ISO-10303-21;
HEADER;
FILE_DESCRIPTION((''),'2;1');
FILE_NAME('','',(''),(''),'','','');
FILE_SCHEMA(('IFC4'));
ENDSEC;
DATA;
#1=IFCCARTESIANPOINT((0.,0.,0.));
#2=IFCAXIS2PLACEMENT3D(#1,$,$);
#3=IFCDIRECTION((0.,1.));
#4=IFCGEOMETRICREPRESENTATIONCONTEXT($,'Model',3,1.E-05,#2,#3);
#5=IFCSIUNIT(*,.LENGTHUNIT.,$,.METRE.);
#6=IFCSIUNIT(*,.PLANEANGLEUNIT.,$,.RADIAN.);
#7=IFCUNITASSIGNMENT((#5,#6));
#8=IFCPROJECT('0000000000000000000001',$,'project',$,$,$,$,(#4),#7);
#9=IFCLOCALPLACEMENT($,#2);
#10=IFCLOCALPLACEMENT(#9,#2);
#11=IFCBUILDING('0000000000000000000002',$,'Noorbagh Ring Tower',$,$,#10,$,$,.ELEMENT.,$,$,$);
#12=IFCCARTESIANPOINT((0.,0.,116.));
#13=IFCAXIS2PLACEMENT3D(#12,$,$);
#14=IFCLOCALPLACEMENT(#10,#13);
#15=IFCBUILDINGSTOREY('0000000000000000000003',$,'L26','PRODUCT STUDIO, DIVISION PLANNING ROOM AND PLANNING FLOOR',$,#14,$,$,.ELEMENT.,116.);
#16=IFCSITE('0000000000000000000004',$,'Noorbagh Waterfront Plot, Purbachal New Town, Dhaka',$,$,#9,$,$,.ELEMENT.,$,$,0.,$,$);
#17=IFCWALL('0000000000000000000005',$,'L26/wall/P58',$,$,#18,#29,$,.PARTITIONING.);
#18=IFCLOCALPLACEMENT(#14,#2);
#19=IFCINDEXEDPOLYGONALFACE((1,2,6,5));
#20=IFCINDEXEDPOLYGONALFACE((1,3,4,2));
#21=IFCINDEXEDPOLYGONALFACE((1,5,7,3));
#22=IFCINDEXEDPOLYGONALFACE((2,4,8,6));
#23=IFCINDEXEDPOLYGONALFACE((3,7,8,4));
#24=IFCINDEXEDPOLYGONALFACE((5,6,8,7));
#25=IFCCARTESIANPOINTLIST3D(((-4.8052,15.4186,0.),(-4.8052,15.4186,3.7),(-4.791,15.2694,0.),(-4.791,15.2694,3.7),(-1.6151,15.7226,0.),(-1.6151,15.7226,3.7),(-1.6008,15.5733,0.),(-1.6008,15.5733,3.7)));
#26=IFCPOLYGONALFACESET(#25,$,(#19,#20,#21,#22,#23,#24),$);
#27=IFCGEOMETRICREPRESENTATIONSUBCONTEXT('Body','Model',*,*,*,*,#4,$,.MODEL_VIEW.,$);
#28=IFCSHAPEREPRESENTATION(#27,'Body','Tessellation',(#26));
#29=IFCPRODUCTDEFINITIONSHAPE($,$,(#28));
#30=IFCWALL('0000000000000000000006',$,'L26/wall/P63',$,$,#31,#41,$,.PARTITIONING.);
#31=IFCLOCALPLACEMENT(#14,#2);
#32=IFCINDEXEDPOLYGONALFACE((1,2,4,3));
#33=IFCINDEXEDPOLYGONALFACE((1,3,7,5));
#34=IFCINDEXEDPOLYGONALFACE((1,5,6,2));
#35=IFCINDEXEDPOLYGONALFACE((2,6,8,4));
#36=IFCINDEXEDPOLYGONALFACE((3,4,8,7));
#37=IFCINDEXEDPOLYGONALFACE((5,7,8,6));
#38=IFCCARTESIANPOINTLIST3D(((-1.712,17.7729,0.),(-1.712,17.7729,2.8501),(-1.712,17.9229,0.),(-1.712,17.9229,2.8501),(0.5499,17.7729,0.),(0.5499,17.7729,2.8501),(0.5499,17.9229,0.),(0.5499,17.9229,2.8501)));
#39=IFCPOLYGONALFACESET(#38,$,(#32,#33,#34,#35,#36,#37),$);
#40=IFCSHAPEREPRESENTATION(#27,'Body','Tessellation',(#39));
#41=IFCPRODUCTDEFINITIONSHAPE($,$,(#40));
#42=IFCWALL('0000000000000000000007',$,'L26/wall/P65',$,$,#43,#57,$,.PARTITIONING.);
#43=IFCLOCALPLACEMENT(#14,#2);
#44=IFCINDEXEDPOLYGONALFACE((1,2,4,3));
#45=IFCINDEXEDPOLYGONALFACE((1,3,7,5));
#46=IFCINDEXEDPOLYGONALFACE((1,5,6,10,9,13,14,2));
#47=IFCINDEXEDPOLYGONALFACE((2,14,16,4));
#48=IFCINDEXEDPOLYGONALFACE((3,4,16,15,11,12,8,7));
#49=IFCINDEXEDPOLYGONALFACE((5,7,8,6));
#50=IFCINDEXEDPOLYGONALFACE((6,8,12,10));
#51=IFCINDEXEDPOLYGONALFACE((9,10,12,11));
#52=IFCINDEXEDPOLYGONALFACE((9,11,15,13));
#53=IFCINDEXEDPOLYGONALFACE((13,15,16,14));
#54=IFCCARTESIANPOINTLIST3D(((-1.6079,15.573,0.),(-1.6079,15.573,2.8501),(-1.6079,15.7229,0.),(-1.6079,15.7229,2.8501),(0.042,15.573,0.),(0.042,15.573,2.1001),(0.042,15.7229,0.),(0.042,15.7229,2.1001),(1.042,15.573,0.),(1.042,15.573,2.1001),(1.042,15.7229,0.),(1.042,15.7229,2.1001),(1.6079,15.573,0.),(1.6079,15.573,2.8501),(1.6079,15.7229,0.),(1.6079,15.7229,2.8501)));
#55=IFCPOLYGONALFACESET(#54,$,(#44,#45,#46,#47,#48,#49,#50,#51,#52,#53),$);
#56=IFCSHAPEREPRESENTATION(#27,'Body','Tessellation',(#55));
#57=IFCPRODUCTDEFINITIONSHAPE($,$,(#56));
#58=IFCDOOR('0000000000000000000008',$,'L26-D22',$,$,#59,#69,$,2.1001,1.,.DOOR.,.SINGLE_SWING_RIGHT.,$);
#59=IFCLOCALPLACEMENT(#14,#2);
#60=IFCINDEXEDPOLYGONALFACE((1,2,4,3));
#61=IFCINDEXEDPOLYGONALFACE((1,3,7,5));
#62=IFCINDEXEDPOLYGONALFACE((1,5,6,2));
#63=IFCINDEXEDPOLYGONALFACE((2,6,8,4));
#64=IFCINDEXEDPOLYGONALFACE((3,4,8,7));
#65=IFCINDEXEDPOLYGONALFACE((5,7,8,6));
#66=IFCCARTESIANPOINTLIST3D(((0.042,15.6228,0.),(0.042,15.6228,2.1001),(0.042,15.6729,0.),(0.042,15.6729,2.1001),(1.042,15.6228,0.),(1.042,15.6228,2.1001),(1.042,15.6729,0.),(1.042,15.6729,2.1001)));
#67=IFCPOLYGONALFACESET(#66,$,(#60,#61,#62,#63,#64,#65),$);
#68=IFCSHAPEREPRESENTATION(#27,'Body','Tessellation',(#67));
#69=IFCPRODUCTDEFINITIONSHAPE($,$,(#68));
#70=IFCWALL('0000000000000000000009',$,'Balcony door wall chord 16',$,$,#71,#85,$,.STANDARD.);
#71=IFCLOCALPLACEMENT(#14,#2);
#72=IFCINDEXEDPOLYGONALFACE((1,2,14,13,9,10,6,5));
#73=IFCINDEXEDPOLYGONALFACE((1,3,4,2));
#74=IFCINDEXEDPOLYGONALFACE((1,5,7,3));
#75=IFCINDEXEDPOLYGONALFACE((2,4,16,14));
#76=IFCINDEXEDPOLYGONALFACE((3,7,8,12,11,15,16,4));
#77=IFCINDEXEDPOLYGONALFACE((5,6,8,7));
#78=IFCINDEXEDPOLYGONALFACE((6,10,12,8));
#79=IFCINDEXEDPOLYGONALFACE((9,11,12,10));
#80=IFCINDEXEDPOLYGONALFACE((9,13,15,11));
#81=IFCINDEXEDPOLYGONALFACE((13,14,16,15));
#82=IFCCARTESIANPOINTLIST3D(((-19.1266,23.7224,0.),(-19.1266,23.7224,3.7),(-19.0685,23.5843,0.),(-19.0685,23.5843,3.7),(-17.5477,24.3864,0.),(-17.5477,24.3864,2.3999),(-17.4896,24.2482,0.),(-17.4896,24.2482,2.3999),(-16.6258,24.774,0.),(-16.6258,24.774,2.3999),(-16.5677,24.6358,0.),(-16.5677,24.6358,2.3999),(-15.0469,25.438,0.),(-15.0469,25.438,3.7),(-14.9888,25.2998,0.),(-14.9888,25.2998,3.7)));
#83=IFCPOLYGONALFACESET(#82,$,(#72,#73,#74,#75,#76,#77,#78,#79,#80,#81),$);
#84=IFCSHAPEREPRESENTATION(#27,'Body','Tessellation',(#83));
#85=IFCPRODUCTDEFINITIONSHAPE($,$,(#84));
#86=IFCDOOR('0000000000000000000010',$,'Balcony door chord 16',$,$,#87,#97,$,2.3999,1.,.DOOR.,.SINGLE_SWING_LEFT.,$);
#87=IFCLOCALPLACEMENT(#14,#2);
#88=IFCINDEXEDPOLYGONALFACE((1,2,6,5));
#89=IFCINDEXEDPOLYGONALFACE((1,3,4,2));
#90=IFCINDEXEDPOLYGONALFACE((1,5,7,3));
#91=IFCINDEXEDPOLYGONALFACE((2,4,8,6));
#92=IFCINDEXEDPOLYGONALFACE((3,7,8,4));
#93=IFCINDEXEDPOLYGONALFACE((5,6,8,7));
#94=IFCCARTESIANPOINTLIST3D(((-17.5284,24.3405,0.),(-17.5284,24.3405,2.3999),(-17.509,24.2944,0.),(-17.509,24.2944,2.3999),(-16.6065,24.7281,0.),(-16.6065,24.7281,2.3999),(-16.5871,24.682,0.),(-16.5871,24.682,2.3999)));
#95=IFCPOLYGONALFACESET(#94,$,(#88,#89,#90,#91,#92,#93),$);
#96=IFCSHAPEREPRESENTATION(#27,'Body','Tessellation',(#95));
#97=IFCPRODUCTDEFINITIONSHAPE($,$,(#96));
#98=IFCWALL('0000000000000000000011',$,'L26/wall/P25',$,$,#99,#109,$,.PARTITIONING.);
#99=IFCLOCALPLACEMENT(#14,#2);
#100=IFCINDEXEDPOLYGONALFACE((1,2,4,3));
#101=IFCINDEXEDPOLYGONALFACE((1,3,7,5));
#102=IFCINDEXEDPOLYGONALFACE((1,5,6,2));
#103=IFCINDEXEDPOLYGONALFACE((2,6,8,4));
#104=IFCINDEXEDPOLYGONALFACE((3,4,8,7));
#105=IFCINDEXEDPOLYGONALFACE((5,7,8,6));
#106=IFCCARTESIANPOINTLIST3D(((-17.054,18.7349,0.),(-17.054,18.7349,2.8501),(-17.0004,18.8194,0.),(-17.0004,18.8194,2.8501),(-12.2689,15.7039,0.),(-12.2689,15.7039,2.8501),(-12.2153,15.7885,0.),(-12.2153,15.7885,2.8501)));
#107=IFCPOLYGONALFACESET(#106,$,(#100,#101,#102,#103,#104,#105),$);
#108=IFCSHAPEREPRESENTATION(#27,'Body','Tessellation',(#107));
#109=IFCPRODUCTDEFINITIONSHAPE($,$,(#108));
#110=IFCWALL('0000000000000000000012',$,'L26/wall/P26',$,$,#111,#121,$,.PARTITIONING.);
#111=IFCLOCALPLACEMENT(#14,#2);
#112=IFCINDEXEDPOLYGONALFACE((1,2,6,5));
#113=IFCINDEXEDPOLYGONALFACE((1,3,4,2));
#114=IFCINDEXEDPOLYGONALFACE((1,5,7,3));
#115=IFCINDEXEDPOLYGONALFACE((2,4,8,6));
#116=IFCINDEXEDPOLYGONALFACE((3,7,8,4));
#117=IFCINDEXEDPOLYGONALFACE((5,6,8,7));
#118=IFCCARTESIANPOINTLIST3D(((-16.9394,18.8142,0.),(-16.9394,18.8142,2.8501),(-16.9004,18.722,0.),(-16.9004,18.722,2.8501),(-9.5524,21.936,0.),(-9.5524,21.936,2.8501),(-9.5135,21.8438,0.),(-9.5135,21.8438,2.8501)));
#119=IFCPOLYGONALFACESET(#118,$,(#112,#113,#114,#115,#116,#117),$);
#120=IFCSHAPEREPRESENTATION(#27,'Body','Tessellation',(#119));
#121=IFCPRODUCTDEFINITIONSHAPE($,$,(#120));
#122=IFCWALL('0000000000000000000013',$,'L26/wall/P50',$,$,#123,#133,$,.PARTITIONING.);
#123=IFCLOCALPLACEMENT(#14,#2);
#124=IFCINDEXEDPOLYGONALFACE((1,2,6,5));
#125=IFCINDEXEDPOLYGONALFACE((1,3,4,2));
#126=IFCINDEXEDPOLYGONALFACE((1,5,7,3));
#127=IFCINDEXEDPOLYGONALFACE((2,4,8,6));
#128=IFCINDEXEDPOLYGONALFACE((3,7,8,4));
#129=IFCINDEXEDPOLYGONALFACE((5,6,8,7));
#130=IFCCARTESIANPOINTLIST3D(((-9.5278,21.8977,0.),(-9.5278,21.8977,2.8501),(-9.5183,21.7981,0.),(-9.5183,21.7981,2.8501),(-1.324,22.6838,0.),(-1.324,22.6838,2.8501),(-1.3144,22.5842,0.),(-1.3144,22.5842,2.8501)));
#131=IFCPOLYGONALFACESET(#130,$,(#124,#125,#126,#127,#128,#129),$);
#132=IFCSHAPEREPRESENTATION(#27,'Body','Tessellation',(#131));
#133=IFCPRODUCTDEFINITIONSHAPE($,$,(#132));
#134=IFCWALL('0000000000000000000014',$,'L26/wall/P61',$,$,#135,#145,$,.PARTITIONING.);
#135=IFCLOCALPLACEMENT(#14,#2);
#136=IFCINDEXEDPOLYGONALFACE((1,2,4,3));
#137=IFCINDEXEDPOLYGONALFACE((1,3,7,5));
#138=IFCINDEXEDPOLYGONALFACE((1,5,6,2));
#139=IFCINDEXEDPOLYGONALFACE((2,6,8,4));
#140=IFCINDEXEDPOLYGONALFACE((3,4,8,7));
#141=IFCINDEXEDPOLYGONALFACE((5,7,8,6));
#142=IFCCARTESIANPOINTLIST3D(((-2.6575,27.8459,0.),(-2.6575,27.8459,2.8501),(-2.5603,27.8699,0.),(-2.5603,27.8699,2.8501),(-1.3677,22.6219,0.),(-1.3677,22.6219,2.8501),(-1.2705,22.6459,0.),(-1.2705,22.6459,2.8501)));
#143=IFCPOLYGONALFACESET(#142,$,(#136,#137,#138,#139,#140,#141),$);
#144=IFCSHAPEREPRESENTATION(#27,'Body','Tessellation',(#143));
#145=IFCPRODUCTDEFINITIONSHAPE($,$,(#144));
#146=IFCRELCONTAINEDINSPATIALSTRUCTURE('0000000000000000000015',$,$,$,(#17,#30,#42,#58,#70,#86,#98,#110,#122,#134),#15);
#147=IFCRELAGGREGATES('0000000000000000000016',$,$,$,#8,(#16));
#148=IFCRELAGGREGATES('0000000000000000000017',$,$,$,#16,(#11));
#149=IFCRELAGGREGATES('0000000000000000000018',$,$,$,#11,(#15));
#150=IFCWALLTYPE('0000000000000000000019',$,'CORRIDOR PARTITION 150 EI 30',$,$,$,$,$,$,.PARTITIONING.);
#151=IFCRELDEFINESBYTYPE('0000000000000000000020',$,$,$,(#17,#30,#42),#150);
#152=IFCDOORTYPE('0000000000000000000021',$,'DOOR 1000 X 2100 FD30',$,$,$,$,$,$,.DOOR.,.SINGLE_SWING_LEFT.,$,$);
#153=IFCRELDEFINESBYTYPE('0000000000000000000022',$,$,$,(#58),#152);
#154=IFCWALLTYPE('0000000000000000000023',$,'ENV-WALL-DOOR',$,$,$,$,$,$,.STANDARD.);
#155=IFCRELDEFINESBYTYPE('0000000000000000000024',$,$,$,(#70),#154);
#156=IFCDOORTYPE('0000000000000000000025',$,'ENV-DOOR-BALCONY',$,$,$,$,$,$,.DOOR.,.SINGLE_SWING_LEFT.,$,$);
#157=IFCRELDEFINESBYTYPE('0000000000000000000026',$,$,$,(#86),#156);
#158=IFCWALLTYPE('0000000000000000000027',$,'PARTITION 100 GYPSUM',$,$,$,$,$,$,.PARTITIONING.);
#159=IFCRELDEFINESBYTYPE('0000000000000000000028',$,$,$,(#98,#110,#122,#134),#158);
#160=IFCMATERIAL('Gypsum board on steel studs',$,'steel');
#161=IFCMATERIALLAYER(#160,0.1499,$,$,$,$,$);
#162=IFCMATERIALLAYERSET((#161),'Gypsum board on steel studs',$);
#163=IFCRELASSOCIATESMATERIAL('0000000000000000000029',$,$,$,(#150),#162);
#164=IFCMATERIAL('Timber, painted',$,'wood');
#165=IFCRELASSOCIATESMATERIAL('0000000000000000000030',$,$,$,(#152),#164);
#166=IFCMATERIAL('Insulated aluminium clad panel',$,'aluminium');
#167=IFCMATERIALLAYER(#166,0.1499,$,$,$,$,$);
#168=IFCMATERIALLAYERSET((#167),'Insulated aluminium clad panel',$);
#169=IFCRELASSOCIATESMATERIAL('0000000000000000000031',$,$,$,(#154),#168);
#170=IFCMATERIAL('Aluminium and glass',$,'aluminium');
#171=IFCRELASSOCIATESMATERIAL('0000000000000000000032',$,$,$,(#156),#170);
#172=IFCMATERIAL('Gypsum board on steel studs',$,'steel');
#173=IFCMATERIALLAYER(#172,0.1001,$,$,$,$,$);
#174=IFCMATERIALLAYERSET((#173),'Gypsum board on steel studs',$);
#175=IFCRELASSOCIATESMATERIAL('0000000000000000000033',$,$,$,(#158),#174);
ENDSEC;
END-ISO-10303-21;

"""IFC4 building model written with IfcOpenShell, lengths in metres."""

from ifc_helpers import new_model, si_unit, direction, frame, frame_2d, origin, place, context, subcontext, project, spatial, rectangle, extrude, material, layer, layer_set, type_object, element, fill, save


model = new_model("IFC4")

# Units and contexts
model_context = context("Model", 3, precision=1e-05, world=origin(), true_north=direction((0.0, 1.0)))
body_context = subcontext(model_context, "Body", "Model", "MODEL_VIEW")
ifc_project = project(units=[si_unit("LENGTHUNIT", "METRE"), si_unit("PLANEANGLEUNIT", "RADIAN")], contexts=[model_context])

# Site, building, storey
site_placement = place(None, origin())
site = spatial("IfcSite", under=ifc_project, at=site_placement, Name="Noorbagh Waterfront Plot, Purbachal New Town, Dhaka", CompositionType="ELEMENT", RefElevation=0.0)
building_placement = place(site_placement, origin())
building = spatial("IfcBuilding", under=site, at=building_placement, Name="Noorbagh Ring Tower", CompositionType="ELEMENT")
storey_placement = place(building_placement, frame((0.0, 0.0, 116.0)))
storey = spatial("IfcBuildingStorey", under=building, at=storey_placement, Name="L26", Description="PRODUCT STUDIO, DIVISION PLANNING ROOM AND PLANNING FLOOR", CompositionType="ELEMENT", Elevation=116.0)

# Shared definitions
ifc_material_1 = material(Name="Gypsum board on steel studs", Category="steel")
ifc_layer_1 = layer(ifc_material_1, 0.1499)
ifc_layer_set_1 = layer_set([ifc_layer_1], Name="Gypsum board on steel studs")
wall_type_1 = type_object("IfcWallType", Name="CORRIDOR PARTITION 150 EI 30", PredefinedType="PARTITIONING", material=ifc_layer_set_1)

# Shared definitions
ifc_material_2 = material(Name="Timber, painted", Category="wood")
door_type_1 = type_object("IfcDoorType", Name="DOOR 1000 X 2100 FD30", OperationType="SINGLE_SWING_LEFT", PredefinedType="DOOR", material=ifc_material_2)

# Walls
wall_1_placement = place(storey_placement, frame((-4.7981, 15.344, 0.0), z_axis=(0.0, 0.0, 1.0), x_axis=(0.995492, 0.094849, 0.0)))
element("IfcWall", 1, at=wall_1_placement, inside=storey, type_object=wall_type_1, Name="L26/wall/P58", PredefinedType="PARTITIONING", context=body_context, shape_type="SweptSolid", body=[
    extrude(rectangle(XDim=3.2046, YDim=0.1499, at=frame_2d((1.6023, 0.0))), origin(), (0.0, 0.0, 1.0), 3.7),
])
wall_2_placement = place(storey_placement, frame((-1.7119, 17.8479, 0.0), z_axis=(0.0, 0.0, 1.0), x_axis=(1.0, 0.0, 0.0)))
element("IfcWall", 2, at=wall_2_placement, inside=storey, type_object=wall_type_1, Name="L26/wall/P63", PredefinedType="PARTITIONING", context=body_context, shape_type="SweptSolid", body=[
    extrude(rectangle(XDim=2.262, YDim=0.1499, at=frame_2d((1.1309, 0.0))), origin(), (0.0, 0.0, 1.0), 2.8501),
])

# Walls, openings, doors
wall_3_placement = place(storey_placement, frame((-1.6079, 15.6479, 0.0), z_axis=(0.0, 0.0, 1.0), x_axis=(1.0, 0.0, 0.0)))
wall_3 = element("IfcWall", 3, at=wall_3_placement, inside=storey, type_object=wall_type_1, Name="L26/wall/P65", PredefinedType="PARTITIONING", context=body_context, shape_type="SweptSolid", body=[
    extrude(rectangle(XDim=3.2158, YDim=0.1499, at=frame_2d((1.6079, 0.0))), origin(), (0.0, 0.0, 1.0), 2.8501),
])
opening_1_placement = place(wall_3_placement, frame((1.6499, 0.0, 0.0)))
opening_1 = element("IfcOpeningElement", 4, at=opening_1_placement, cuts=wall_3, PredefinedType="OPENING", context=body_context, shape_type="SweptSolid", body=[
    extrude(rectangle(XDim=1.0, YDim=2.1001, at=frame_2d((0.5, 1.05))), frame((0.0, 0.085, 0.0), z_axis=(0.0, -1.0, 0.0), x_axis=(1.0, 0.0, 0.0)), (0.0, 0.0, 1.0), 0.1699),
])
door_1_placement = place(opening_1_placement, origin())
door_1 = element("IfcDoor", 5, at=door_1_placement, inside=storey, type_object=door_type_1, Name="L26-D22", OperationType="SINGLE_SWING_RIGHT", OverallHeight=2.1001, OverallWidth=1.0, PredefinedType="DOOR", context=body_context, shape_type="SweptSolid", body=[
    extrude(rectangle(XDim=1.0, YDim=2.1001, at=frame_2d((0.5, 1.05))), frame((0.0, 0.0249, 0.0), z_axis=(0.0, -1.0, 0.0), x_axis=(1.0, 0.0, 0.0)), (0.0, 0.0, 1.0), 0.05),
])
fill(opening_1, door_1)
ifc_material_3 = material(Name="Insulated aluminium clad panel", Category="aluminium")
ifc_layer_2 = layer(ifc_material_3, 0.1499)
ifc_layer_set_2 = layer_set([ifc_layer_2], Name="Insulated aluminium clad panel")
wall_type_2 = type_object("IfcWallType", Name="ENV-WALL-DOOR", PredefinedType="STANDARD", material=ifc_layer_set_2)
wall_4_placement = place(storey_placement, frame((-15.0178, 25.3689, 0.0), z_axis=(0.0, 0.0, 1.0), x_axis=(-0.921817, -0.387625, 0.0)))
wall_4 = element("IfcWall", 6, at=wall_4_placement, inside=storey, type_object=wall_type_2, Name="Balcony door wall chord 16", PredefinedType="STANDARD", context=body_context, shape_type="SweptSolid", body=[
    extrude(rectangle(XDim=4.4258, YDim=0.1499, at=frame_2d((2.2129, 0.0))), origin(), (0.0, 0.0, 1.0), 3.7),
])
opening_2_placement = place(wall_4_placement, frame((1.7129, 0.0, 0.0)))
opening_2 = element("IfcOpeningElement", 7, at=opening_2_placement, cuts=wall_4, PredefinedType="OPENING", context=body_context, shape_type="SweptSolid", body=[
    extrude(rectangle(XDim=1.0, YDim=2.3999, at=frame_2d((0.5, 1.2))), frame((0.0, 0.085, 0.0), z_axis=(0.0, -1.0, 0.0), x_axis=(1.0, 0.0, 0.0)), (0.0, 0.0, 1.0), 0.1699),
])
ifc_material_4 = material(Name="Aluminium and glass", Category="aluminium")
door_type_2 = type_object("IfcDoorType", Name="ENV-DOOR-BALCONY", OperationType="SINGLE_SWING_LEFT", PredefinedType="DOOR", material=ifc_material_4)
door_2_placement = place(opening_2_placement, origin())
door_2 = element("IfcDoor", 8, at=door_2_placement, inside=storey, type_object=door_type_2, Name="Balcony door chord 16", OperationType="SINGLE_SWING_LEFT", OverallHeight=2.3999, OverallWidth=1.0, PredefinedType="DOOR", context=body_context, shape_type="SweptSolid", body=[
    extrude(rectangle(XDim=1.0, YDim=2.3999, at=frame_2d((0.5, 1.2))), frame((0.0, 0.0249, 0.0), z_axis=(0.0, -1.0, 0.0), x_axis=(1.0, 0.0, 0.0)), (0.0, 0.0, 1.0), 0.05),
])
fill(opening_2, door_2)

# Walls
ifc_material_5 = material(Name="Gypsum board on steel studs", Category="steel")
ifc_layer_3 = layer(ifc_material_5, 0.1001)
ifc_layer_set_3 = layer_set([ifc_layer_3], Name="Gypsum board on steel studs")
wall_type_3 = type_object("IfcWallType", Name="PARTITION 100 GYPSUM", PredefinedType="PARTITIONING", material=ifc_layer_set_3)
wall_5_placement = place(storey_placement, frame((-17.0271, 18.7771, 0.0), z_axis=(0.0, 0.0, 1.0), x_axis=(0.844787, -0.535103, 0.0)))
element("IfcWall", 9, at=wall_5_placement, inside=storey, type_object=wall_type_3, Name="L26/wall/P25", PredefinedType="PARTITIONING", context=body_context, shape_type="SweptSolid", body=[
    extrude(rectangle(XDim=5.6643, YDim=0.1001, at=frame_2d((2.832, 0.0))), origin(), (0.0, 0.0, 1.0), 2.8501),
])
wall_6_placement = place(storey_placement, frame((-16.9199, 18.7681, 0.0), z_axis=(0.0, 0.0, 1.0), x_axis=(0.921121, 0.389277, 0.0)))
element("IfcWall", 10, at=wall_6_placement, inside=storey, type_object=wall_type_3, Name="L26/wall/P26", PredefinedType="PARTITIONING", context=body_context, shape_type="SweptSolid", body=[
    extrude(rectangle(XDim=8.0195, YDim=0.1001, at=frame_2d((4.0098, 0.0))), origin(), (0.0, 0.0, 1.0), 2.8501),
])
wall_7_placement = place(storey_placement, frame((-9.5229, 21.8479, 0.0), z_axis=(0.0, 0.0, 1.0), x_axis=(0.99544, 0.095388, 0.0)))
element("IfcWall", 11, at=wall_7_placement, inside=storey, type_object=wall_type_3, Name="L26/wall/P50", PredefinedType="PARTITIONING", context=body_context, shape_type="SweptSolid", body=[
    extrude(rectangle(XDim=8.2415, YDim=0.1001, at=frame_2d((4.1206, 0.0))), origin(), (0.0, 0.0, 1.0), 2.8501),
])
wall_8_placement = place(storey_placement, frame((-2.6089, 27.8579, 0.0), z_axis=(0.0, 0.0, 1.0), x_axis=(0.239705, -0.970846, 0.0)))
element("IfcWall", 12, at=wall_8_placement, inside=storey, type_object=wall_type_3, Name="L26/wall/P61", PredefinedType="PARTITIONING", context=body_context, shape_type="SweptSolid", body=[
    extrude(rectangle(XDim=5.3809, YDim=0.1001, at=frame_2d((2.6904, 0.0))), origin(), (0.0, 0.0, 1.0), 2.8501),
])

save(model, "model.ifc")
